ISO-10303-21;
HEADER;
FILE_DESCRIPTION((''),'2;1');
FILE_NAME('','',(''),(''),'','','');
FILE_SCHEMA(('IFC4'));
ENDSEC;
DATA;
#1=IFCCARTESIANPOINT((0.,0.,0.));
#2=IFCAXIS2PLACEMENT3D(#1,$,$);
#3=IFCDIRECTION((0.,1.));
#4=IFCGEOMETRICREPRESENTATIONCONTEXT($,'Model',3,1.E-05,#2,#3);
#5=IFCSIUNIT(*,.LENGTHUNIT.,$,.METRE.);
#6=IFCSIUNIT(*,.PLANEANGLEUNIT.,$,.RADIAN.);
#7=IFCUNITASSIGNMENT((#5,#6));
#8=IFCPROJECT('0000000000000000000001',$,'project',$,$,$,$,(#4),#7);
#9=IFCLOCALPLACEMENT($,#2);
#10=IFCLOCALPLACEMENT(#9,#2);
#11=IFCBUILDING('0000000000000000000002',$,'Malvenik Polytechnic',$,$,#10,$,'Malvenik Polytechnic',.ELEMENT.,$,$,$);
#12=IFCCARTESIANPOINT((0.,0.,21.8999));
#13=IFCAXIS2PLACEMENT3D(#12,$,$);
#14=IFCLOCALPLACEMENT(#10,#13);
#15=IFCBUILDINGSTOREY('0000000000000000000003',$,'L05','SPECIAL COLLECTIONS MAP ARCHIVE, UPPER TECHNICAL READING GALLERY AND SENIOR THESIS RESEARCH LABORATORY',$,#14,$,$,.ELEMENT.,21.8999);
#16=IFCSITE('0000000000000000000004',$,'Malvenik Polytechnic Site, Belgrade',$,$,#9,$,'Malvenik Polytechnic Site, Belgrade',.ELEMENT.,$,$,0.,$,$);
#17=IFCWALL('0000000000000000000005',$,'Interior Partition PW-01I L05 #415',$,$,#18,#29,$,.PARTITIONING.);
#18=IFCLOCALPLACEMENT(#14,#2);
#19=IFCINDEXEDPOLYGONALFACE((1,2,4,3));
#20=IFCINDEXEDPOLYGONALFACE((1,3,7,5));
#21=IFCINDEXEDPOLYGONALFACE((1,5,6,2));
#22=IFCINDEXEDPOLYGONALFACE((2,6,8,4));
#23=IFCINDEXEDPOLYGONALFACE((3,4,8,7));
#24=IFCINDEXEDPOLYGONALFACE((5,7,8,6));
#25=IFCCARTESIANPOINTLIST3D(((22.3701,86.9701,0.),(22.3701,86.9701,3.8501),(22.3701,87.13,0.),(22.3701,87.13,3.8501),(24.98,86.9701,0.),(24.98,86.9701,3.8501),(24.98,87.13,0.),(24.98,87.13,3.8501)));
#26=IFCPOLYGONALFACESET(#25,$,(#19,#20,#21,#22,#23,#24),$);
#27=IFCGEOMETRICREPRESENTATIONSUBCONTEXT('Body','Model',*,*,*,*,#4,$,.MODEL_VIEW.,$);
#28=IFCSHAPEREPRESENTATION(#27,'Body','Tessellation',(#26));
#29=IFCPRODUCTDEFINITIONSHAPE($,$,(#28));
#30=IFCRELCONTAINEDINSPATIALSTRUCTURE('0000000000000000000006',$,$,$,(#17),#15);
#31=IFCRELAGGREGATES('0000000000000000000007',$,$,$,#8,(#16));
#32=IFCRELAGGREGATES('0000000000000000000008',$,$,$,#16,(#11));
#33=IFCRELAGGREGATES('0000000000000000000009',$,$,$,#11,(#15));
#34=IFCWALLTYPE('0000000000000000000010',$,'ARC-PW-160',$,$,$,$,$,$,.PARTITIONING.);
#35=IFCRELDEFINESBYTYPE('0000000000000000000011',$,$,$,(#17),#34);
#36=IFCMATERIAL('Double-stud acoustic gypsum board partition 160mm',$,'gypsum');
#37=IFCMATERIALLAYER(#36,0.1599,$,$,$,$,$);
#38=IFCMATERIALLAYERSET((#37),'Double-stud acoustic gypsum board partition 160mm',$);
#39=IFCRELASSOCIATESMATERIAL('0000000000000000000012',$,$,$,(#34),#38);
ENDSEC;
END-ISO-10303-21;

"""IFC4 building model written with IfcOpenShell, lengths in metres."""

from ifc_helpers import new_model, si_unit, direction, frame, frame_2d, origin, place, context, subcontext, project, spatial, rectangle, extrude, material, layer, layer_set, type_object, element, save


model = new_model("IFC4")

# Units and contexts
model_context = context("Model", 3, precision=1e-05, world=origin(), true_north=direction((0.0, 1.0)))
body_context = subcontext(model_context, "Body", "Model", "MODEL_VIEW")
ifc_project = project(units=[si_unit("LENGTHUNIT", "METRE"), si_unit("PLANEANGLEUNIT", "RADIAN")], contexts=[model_context])

# Site, building, storey
site_placement = place(None, origin())
site = spatial("IfcSite", under=ifc_project, at=site_placement, Name="Malvenik Polytechnic Site, Belgrade", LongName="Malvenik Polytechnic Site, Belgrade", CompositionType="ELEMENT", RefElevation=0.0)
building_placement = place(site_placement, origin())
building = spatial("IfcBuilding", under=site, at=building_placement, Name="Malvenik Polytechnic", LongName="Malvenik Polytechnic", CompositionType="ELEMENT")
storey_placement = place(building_placement, frame((0.0, 0.0, 21.8999)))
storey = spatial("IfcBuildingStorey", under=building, at=storey_placement, Name="L05", Description="SPECIAL COLLECTIONS MAP ARCHIVE, UPPER TECHNICAL READING GALLERY AND SENIOR THESIS RESEARCH LABORATORY", CompositionType="ELEMENT", Elevation=21.8999)

# Wall
ifc_material_1 = material(Name="Double-stud acoustic gypsum board partition 160mm", Category="gypsum")
ifc_layer_1 = layer(ifc_material_1, 0.1599)
ifc_layer_set_1 = layer_set([ifc_layer_1], Name="Double-stud acoustic gypsum board partition 160mm")
wall_type_1 = type_object("IfcWallType", Name="ARC-PW-160", PredefinedType="PARTITIONING", material=ifc_layer_set_1)
wall_1_placement = place(storey_placement, frame((24.98, 87.05, 0.0), z_axis=(0.0, 0.0, 1.0), x_axis=(-1.0, 0.0, 0.0)))
element("IfcWall", 1, at=wall_1_placement, inside=storey, type_object=wall_type_1, Name="Interior Partition PW-01I L05 #415", PredefinedType="PARTITIONING", context=body_context, shape_type="SweptSolid", body=[
    extrude(rectangle(XDim=2.6099, YDim=0.1599, at=frame_2d((1.3049, 0.0))), origin(), (0.0, 0.0, 1.0), 3.8501),
])

save(model, "model.ifc")
